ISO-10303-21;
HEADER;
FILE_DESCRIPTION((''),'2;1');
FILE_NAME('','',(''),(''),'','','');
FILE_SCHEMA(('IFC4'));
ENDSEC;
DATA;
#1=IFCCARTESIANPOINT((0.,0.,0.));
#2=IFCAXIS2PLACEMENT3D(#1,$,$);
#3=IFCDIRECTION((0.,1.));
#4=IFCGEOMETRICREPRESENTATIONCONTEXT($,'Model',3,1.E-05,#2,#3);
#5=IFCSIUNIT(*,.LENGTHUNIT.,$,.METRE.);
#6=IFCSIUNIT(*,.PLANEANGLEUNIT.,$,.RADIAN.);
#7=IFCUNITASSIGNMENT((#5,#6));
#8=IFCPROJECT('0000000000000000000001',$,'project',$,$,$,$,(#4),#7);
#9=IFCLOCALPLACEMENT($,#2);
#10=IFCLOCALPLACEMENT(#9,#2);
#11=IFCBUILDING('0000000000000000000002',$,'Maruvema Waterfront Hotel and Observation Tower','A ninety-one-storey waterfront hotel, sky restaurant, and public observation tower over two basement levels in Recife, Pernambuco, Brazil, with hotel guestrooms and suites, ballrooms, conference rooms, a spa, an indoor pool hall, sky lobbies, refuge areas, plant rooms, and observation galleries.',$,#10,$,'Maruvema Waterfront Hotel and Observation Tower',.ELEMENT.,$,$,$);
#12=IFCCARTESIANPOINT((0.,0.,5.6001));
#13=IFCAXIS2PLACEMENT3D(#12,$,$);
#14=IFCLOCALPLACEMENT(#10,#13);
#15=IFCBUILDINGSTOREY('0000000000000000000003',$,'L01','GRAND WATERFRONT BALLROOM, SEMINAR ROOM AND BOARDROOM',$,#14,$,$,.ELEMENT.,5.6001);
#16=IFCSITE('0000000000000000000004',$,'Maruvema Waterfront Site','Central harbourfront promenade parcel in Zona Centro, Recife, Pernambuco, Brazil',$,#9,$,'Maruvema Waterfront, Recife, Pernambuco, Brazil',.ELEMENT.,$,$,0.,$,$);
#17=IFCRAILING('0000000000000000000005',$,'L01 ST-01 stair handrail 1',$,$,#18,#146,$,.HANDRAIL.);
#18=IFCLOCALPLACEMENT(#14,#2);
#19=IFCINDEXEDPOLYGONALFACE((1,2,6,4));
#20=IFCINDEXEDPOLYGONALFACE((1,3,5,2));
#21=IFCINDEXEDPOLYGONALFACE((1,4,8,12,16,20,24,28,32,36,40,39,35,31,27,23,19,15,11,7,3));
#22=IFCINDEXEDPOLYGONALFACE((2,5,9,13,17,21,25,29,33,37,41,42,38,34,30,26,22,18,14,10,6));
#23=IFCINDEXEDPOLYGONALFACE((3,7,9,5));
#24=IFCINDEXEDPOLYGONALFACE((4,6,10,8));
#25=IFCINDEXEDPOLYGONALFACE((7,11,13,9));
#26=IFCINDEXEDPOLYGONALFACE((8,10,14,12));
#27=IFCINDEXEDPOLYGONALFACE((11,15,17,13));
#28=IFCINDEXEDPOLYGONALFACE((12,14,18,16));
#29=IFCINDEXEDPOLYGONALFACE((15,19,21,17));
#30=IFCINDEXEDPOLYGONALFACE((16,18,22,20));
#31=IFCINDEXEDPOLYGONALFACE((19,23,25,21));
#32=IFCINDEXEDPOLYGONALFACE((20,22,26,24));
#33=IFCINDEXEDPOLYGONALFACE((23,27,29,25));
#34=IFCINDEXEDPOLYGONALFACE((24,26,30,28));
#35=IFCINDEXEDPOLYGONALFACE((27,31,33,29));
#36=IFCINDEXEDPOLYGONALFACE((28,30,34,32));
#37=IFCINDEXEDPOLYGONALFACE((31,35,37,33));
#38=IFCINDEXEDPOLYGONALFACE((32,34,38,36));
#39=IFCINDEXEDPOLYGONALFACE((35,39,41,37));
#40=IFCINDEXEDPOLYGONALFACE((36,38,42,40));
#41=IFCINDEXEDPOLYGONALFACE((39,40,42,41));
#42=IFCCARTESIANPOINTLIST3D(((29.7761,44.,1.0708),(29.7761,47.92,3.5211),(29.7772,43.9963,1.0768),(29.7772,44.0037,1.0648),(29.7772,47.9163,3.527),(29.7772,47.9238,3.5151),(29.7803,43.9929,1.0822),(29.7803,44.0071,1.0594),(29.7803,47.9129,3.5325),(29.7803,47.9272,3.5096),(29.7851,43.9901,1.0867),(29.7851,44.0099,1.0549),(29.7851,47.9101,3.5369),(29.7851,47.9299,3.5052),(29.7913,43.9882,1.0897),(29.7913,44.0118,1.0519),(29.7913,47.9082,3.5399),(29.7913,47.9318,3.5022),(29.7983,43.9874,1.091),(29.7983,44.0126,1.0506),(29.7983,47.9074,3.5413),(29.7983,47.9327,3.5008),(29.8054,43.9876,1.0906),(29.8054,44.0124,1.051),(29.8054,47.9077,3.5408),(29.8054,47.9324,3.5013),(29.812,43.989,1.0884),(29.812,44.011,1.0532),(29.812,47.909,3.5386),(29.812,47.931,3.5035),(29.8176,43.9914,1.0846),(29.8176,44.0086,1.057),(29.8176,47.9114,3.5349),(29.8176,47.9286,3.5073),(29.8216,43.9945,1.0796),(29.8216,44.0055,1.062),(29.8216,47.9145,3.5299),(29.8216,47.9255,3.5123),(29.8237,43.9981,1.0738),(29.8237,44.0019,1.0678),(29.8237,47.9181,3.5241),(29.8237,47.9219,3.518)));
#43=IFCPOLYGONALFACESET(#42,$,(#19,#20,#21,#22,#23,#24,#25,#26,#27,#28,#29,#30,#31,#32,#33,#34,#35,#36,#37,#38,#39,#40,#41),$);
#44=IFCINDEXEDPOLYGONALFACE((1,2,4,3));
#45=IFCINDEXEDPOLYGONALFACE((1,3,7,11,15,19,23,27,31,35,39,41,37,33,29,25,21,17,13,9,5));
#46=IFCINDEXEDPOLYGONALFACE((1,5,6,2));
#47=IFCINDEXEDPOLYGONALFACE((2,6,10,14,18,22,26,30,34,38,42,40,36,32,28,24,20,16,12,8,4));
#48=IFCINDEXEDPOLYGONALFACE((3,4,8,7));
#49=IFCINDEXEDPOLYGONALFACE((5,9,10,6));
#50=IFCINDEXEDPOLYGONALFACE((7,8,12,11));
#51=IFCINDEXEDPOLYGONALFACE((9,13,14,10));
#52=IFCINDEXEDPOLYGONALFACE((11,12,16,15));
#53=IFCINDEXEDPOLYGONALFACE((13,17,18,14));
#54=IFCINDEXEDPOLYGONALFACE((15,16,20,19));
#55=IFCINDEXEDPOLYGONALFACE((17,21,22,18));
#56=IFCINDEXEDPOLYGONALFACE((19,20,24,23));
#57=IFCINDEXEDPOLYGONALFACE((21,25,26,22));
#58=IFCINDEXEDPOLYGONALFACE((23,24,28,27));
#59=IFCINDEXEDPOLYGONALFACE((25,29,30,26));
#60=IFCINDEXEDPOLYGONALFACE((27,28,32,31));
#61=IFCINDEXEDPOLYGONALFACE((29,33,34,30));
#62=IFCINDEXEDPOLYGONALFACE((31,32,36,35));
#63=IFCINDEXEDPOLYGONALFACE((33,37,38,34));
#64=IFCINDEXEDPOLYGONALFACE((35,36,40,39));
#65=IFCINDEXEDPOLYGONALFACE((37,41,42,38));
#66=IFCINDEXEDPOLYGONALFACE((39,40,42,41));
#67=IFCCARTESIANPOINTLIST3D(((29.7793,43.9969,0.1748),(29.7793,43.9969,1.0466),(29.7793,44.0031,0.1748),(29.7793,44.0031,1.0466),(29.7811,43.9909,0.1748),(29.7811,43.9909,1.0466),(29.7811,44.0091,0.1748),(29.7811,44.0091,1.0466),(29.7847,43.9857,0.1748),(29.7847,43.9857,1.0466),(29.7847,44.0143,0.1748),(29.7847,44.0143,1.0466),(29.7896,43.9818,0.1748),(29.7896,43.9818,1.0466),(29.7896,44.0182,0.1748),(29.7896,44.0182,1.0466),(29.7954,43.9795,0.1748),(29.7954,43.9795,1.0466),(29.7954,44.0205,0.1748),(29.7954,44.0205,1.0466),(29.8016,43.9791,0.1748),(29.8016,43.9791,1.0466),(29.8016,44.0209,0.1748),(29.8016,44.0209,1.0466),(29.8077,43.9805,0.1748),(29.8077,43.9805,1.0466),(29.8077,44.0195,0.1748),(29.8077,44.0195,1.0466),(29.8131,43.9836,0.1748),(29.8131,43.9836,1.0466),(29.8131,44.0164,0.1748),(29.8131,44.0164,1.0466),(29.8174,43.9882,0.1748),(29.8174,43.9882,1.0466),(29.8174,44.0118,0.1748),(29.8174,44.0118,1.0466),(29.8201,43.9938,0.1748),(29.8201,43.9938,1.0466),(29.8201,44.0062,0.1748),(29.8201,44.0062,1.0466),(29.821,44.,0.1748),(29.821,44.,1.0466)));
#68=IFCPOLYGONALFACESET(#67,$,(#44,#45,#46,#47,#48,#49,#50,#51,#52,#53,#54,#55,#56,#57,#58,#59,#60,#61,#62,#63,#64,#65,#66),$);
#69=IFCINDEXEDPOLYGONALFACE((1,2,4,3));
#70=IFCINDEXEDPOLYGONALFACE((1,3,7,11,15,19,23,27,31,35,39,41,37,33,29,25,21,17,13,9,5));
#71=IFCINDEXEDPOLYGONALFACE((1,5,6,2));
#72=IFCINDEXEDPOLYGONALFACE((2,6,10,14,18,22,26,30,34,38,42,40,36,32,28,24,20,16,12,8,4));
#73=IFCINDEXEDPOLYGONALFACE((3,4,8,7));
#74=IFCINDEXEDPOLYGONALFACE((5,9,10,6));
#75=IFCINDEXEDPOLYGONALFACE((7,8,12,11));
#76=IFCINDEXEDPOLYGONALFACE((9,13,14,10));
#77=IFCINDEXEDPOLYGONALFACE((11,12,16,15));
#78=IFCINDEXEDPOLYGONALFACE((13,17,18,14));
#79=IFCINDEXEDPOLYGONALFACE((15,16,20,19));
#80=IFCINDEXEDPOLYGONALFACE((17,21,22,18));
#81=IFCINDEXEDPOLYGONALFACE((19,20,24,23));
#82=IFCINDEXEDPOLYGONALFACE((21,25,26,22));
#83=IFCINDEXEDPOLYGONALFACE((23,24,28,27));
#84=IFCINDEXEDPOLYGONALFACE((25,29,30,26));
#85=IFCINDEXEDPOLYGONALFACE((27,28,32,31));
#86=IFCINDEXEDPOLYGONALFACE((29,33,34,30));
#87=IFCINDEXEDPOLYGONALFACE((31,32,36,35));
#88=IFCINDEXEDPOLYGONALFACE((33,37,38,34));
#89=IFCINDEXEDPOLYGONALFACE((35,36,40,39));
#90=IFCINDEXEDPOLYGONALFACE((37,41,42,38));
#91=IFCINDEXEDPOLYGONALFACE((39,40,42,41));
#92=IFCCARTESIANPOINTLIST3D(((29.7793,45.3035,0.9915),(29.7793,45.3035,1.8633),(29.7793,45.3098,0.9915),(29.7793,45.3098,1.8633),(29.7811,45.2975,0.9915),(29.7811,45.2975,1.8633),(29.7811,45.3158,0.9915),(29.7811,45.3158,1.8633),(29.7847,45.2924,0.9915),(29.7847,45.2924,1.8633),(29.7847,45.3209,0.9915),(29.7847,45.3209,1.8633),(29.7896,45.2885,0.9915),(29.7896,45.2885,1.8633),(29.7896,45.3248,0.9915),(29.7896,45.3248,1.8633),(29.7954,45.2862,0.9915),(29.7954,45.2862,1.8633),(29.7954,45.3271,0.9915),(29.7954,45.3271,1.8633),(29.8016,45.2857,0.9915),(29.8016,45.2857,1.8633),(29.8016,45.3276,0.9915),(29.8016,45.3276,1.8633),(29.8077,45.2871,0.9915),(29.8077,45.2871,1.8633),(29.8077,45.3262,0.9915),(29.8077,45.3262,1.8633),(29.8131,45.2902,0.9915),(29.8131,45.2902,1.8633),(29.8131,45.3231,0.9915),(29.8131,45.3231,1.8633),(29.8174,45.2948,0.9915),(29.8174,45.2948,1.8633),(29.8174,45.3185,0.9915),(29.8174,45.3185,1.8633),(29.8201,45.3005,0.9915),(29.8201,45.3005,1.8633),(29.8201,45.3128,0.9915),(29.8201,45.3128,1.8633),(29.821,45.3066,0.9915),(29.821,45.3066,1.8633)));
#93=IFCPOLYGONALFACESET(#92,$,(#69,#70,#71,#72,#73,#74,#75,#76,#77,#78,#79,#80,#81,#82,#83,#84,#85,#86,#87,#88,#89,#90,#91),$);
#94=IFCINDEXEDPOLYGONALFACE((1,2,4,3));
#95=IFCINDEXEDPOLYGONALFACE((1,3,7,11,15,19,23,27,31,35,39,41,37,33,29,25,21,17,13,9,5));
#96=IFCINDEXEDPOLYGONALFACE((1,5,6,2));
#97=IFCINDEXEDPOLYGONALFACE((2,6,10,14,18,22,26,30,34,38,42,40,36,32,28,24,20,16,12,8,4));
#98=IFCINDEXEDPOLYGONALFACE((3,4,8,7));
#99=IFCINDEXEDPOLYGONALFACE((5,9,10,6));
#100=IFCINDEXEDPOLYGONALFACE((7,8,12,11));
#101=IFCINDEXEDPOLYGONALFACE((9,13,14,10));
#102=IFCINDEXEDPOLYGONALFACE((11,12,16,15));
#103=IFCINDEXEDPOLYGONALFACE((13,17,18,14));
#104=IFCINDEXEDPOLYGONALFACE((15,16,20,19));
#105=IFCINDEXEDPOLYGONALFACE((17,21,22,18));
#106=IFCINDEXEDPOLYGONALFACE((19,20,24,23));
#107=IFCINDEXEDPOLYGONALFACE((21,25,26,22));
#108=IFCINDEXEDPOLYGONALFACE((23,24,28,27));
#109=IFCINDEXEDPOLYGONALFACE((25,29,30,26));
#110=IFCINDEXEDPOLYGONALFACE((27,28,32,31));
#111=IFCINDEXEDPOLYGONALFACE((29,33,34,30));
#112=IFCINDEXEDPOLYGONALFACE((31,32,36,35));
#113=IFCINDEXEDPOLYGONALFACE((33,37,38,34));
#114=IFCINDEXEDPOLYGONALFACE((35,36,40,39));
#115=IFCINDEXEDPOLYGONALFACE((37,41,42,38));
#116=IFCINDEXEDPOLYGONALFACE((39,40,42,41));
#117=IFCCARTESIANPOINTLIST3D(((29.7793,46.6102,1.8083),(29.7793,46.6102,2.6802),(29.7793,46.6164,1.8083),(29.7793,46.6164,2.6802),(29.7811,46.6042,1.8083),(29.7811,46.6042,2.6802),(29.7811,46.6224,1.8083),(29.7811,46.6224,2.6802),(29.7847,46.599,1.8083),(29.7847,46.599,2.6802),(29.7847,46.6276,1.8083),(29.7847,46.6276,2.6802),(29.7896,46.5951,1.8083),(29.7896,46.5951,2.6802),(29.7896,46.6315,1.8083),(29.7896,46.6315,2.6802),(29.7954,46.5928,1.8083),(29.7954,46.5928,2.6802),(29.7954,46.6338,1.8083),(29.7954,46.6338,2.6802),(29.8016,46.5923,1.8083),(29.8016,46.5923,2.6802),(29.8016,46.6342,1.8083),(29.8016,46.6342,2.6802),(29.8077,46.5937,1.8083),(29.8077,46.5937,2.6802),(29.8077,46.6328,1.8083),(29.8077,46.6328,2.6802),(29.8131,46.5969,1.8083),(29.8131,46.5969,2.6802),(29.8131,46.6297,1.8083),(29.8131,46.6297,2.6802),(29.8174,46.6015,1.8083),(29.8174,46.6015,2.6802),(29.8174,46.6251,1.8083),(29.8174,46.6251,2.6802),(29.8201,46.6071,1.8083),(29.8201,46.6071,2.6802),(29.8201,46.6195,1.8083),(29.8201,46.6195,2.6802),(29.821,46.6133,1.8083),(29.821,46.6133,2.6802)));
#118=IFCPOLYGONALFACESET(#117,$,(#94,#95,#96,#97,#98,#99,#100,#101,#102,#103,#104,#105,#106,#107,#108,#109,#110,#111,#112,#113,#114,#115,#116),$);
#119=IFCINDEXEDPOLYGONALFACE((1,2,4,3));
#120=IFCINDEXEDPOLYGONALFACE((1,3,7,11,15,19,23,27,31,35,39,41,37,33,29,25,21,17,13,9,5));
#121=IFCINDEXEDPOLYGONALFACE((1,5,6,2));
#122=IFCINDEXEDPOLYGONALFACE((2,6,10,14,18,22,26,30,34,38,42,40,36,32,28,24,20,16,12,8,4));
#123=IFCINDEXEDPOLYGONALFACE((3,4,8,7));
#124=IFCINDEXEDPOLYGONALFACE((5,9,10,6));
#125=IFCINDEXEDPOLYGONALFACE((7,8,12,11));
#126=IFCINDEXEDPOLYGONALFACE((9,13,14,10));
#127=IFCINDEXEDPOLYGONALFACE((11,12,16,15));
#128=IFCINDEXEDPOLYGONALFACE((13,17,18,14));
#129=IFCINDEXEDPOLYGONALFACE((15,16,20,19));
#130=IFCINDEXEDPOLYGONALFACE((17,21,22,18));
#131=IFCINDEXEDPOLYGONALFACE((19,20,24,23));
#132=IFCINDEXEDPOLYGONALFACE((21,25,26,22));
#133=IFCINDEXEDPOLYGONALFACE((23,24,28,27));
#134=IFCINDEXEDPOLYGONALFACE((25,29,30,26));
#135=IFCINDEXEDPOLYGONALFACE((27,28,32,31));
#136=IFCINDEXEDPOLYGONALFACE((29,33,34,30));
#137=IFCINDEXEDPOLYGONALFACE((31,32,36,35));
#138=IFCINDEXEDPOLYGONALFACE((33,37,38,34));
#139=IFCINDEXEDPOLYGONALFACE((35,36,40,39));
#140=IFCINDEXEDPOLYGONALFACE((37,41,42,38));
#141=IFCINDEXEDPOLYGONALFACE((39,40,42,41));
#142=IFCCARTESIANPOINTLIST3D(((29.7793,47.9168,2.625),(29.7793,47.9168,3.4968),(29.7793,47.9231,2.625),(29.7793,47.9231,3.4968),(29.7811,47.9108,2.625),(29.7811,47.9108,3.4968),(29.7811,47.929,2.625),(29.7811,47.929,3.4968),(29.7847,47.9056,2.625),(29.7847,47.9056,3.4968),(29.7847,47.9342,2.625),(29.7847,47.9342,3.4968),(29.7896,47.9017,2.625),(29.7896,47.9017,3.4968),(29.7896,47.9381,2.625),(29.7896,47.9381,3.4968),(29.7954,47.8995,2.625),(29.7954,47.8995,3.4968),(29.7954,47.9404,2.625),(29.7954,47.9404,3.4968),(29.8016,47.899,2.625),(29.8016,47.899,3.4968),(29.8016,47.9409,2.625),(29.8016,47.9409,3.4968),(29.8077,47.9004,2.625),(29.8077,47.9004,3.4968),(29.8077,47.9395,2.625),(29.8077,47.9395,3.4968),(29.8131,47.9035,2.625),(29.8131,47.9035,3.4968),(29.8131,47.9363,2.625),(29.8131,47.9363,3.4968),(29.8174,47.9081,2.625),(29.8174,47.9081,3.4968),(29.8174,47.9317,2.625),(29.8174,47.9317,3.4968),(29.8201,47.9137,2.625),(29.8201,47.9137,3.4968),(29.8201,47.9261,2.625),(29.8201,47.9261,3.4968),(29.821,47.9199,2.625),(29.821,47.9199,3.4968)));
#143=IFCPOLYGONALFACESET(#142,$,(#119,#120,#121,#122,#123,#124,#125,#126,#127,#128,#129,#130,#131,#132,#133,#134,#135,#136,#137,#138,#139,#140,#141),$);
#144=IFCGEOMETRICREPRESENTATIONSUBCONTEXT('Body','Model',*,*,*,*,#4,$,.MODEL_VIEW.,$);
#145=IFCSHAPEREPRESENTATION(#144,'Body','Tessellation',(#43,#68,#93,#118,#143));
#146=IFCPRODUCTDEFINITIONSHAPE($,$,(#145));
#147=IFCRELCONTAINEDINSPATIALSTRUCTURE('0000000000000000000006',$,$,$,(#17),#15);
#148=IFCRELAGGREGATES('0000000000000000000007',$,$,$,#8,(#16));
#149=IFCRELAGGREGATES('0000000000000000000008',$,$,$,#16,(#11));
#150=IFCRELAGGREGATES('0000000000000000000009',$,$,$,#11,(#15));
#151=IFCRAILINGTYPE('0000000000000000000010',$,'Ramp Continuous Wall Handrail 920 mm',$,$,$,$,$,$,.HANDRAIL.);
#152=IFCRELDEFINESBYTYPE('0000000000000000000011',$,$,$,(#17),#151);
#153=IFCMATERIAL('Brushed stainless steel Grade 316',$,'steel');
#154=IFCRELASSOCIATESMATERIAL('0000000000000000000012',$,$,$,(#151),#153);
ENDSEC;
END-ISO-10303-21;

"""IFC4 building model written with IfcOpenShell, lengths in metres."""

from ifc_helpers import new_model, si_unit, direction, frame, origin, origin_2d, place, context, subcontext, project, spatial, circle, extrude, material, type_object, element, save


model = new_model("IFC4")

# Units and contexts
model_context = context("Model", 3, precision=1e-05, world=origin(), true_north=direction((0.0, 1.0)))
body_context = subcontext(model_context, "Body", "Model", "MODEL_VIEW")
ifc_project = project(units=[si_unit("LENGTHUNIT", "METRE"), si_unit("PLANEANGLEUNIT", "RADIAN")], contexts=[model_context])

# Site, building, storey
site_placement = place(None, origin())
site = spatial("IfcSite", under=ifc_project, at=site_placement, Name="Maruvema Waterfront Site", Description="Central harbourfront promenade parcel in Zona Centro, Recife, Pernambuco, Brazil", LongName="Maruvema Waterfront, Recife, Pernambuco, Brazil", CompositionType="ELEMENT", RefElevation=0.0)
building_placement = place(site_placement, origin())
building = spatial("IfcBuilding", under=site, at=building_placement, Name="Maruvema Waterfront Hotel and Observation Tower", Description="A ninety-one-storey waterfront hotel, sky restaurant, and public observation tower over two basement levels in Recife, Pernambuco, Brazil, with hotel guestrooms and suites, ballrooms, conference rooms, a spa, an indoor pool hall, sky lobbies, refuge areas, plant rooms, and observation galleries.", LongName="Maruvema Waterfront Hotel and Observation Tower", CompositionType="ELEMENT")
storey_placement = place(building_placement, frame((0.0, 0.0, 5.6001)))
storey = spatial("IfcBuildingStorey", under=building, at=storey_placement, Name="L01", Description="GRAND WATERFRONT BALLROOM, SEMINAR ROOM AND BOARDROOM", CompositionType="ELEMENT", Elevation=5.6001)

# Railing
ifc_material_1 = material(Name="Brushed stainless steel Grade 316", Category="steel")
railing_type_1 = type_object("IfcRailingType", Name="Ramp Continuous Wall Handrail 920 mm", PredefinedType="HANDRAIL", material=ifc_material_1)
railing_1_placement = place(storey_placement, frame((29.8, 44.0, 0.1748)))
element("IfcRailing", 1, at=railing_1_placement, inside=storey, type_object=railing_type_1, Name="L01 ST-01 stair handrail 1", PredefinedType="HANDRAIL", context=body_context, shape_type="SweptSolid", body=[
    extrude(circle(Radius=0.0239, at=origin_2d()), frame((0.0, 0.0, 0.896), z_axis=(0.0, 0.847975, 0.530037), x_axis=(-1.0, 0.0, 0.0)), (0.0, 0.0, 1.0), 4.6228),
    extrude(circle(Radius=0.021, at=origin_2d()), origin(), (0.0, 0.0, 1.0), 0.8718),
    extrude(circle(Radius=0.021, at=origin_2d()), frame((0.0, 1.3066, 0.8167)), (0.0, 0.0, 1.0), 0.8718),
    extrude(circle(Radius=0.021, at=origin_2d()), frame((0.0, 2.6133, 1.6335)), (0.0, 0.0, 1.0), 0.8718),
    extrude(circle(Radius=0.021, at=origin_2d()), frame((0.0, 3.9199, 2.4502)), (0.0, 0.0, 1.0), 0.8718),
])

save(model, "model.ifc")
